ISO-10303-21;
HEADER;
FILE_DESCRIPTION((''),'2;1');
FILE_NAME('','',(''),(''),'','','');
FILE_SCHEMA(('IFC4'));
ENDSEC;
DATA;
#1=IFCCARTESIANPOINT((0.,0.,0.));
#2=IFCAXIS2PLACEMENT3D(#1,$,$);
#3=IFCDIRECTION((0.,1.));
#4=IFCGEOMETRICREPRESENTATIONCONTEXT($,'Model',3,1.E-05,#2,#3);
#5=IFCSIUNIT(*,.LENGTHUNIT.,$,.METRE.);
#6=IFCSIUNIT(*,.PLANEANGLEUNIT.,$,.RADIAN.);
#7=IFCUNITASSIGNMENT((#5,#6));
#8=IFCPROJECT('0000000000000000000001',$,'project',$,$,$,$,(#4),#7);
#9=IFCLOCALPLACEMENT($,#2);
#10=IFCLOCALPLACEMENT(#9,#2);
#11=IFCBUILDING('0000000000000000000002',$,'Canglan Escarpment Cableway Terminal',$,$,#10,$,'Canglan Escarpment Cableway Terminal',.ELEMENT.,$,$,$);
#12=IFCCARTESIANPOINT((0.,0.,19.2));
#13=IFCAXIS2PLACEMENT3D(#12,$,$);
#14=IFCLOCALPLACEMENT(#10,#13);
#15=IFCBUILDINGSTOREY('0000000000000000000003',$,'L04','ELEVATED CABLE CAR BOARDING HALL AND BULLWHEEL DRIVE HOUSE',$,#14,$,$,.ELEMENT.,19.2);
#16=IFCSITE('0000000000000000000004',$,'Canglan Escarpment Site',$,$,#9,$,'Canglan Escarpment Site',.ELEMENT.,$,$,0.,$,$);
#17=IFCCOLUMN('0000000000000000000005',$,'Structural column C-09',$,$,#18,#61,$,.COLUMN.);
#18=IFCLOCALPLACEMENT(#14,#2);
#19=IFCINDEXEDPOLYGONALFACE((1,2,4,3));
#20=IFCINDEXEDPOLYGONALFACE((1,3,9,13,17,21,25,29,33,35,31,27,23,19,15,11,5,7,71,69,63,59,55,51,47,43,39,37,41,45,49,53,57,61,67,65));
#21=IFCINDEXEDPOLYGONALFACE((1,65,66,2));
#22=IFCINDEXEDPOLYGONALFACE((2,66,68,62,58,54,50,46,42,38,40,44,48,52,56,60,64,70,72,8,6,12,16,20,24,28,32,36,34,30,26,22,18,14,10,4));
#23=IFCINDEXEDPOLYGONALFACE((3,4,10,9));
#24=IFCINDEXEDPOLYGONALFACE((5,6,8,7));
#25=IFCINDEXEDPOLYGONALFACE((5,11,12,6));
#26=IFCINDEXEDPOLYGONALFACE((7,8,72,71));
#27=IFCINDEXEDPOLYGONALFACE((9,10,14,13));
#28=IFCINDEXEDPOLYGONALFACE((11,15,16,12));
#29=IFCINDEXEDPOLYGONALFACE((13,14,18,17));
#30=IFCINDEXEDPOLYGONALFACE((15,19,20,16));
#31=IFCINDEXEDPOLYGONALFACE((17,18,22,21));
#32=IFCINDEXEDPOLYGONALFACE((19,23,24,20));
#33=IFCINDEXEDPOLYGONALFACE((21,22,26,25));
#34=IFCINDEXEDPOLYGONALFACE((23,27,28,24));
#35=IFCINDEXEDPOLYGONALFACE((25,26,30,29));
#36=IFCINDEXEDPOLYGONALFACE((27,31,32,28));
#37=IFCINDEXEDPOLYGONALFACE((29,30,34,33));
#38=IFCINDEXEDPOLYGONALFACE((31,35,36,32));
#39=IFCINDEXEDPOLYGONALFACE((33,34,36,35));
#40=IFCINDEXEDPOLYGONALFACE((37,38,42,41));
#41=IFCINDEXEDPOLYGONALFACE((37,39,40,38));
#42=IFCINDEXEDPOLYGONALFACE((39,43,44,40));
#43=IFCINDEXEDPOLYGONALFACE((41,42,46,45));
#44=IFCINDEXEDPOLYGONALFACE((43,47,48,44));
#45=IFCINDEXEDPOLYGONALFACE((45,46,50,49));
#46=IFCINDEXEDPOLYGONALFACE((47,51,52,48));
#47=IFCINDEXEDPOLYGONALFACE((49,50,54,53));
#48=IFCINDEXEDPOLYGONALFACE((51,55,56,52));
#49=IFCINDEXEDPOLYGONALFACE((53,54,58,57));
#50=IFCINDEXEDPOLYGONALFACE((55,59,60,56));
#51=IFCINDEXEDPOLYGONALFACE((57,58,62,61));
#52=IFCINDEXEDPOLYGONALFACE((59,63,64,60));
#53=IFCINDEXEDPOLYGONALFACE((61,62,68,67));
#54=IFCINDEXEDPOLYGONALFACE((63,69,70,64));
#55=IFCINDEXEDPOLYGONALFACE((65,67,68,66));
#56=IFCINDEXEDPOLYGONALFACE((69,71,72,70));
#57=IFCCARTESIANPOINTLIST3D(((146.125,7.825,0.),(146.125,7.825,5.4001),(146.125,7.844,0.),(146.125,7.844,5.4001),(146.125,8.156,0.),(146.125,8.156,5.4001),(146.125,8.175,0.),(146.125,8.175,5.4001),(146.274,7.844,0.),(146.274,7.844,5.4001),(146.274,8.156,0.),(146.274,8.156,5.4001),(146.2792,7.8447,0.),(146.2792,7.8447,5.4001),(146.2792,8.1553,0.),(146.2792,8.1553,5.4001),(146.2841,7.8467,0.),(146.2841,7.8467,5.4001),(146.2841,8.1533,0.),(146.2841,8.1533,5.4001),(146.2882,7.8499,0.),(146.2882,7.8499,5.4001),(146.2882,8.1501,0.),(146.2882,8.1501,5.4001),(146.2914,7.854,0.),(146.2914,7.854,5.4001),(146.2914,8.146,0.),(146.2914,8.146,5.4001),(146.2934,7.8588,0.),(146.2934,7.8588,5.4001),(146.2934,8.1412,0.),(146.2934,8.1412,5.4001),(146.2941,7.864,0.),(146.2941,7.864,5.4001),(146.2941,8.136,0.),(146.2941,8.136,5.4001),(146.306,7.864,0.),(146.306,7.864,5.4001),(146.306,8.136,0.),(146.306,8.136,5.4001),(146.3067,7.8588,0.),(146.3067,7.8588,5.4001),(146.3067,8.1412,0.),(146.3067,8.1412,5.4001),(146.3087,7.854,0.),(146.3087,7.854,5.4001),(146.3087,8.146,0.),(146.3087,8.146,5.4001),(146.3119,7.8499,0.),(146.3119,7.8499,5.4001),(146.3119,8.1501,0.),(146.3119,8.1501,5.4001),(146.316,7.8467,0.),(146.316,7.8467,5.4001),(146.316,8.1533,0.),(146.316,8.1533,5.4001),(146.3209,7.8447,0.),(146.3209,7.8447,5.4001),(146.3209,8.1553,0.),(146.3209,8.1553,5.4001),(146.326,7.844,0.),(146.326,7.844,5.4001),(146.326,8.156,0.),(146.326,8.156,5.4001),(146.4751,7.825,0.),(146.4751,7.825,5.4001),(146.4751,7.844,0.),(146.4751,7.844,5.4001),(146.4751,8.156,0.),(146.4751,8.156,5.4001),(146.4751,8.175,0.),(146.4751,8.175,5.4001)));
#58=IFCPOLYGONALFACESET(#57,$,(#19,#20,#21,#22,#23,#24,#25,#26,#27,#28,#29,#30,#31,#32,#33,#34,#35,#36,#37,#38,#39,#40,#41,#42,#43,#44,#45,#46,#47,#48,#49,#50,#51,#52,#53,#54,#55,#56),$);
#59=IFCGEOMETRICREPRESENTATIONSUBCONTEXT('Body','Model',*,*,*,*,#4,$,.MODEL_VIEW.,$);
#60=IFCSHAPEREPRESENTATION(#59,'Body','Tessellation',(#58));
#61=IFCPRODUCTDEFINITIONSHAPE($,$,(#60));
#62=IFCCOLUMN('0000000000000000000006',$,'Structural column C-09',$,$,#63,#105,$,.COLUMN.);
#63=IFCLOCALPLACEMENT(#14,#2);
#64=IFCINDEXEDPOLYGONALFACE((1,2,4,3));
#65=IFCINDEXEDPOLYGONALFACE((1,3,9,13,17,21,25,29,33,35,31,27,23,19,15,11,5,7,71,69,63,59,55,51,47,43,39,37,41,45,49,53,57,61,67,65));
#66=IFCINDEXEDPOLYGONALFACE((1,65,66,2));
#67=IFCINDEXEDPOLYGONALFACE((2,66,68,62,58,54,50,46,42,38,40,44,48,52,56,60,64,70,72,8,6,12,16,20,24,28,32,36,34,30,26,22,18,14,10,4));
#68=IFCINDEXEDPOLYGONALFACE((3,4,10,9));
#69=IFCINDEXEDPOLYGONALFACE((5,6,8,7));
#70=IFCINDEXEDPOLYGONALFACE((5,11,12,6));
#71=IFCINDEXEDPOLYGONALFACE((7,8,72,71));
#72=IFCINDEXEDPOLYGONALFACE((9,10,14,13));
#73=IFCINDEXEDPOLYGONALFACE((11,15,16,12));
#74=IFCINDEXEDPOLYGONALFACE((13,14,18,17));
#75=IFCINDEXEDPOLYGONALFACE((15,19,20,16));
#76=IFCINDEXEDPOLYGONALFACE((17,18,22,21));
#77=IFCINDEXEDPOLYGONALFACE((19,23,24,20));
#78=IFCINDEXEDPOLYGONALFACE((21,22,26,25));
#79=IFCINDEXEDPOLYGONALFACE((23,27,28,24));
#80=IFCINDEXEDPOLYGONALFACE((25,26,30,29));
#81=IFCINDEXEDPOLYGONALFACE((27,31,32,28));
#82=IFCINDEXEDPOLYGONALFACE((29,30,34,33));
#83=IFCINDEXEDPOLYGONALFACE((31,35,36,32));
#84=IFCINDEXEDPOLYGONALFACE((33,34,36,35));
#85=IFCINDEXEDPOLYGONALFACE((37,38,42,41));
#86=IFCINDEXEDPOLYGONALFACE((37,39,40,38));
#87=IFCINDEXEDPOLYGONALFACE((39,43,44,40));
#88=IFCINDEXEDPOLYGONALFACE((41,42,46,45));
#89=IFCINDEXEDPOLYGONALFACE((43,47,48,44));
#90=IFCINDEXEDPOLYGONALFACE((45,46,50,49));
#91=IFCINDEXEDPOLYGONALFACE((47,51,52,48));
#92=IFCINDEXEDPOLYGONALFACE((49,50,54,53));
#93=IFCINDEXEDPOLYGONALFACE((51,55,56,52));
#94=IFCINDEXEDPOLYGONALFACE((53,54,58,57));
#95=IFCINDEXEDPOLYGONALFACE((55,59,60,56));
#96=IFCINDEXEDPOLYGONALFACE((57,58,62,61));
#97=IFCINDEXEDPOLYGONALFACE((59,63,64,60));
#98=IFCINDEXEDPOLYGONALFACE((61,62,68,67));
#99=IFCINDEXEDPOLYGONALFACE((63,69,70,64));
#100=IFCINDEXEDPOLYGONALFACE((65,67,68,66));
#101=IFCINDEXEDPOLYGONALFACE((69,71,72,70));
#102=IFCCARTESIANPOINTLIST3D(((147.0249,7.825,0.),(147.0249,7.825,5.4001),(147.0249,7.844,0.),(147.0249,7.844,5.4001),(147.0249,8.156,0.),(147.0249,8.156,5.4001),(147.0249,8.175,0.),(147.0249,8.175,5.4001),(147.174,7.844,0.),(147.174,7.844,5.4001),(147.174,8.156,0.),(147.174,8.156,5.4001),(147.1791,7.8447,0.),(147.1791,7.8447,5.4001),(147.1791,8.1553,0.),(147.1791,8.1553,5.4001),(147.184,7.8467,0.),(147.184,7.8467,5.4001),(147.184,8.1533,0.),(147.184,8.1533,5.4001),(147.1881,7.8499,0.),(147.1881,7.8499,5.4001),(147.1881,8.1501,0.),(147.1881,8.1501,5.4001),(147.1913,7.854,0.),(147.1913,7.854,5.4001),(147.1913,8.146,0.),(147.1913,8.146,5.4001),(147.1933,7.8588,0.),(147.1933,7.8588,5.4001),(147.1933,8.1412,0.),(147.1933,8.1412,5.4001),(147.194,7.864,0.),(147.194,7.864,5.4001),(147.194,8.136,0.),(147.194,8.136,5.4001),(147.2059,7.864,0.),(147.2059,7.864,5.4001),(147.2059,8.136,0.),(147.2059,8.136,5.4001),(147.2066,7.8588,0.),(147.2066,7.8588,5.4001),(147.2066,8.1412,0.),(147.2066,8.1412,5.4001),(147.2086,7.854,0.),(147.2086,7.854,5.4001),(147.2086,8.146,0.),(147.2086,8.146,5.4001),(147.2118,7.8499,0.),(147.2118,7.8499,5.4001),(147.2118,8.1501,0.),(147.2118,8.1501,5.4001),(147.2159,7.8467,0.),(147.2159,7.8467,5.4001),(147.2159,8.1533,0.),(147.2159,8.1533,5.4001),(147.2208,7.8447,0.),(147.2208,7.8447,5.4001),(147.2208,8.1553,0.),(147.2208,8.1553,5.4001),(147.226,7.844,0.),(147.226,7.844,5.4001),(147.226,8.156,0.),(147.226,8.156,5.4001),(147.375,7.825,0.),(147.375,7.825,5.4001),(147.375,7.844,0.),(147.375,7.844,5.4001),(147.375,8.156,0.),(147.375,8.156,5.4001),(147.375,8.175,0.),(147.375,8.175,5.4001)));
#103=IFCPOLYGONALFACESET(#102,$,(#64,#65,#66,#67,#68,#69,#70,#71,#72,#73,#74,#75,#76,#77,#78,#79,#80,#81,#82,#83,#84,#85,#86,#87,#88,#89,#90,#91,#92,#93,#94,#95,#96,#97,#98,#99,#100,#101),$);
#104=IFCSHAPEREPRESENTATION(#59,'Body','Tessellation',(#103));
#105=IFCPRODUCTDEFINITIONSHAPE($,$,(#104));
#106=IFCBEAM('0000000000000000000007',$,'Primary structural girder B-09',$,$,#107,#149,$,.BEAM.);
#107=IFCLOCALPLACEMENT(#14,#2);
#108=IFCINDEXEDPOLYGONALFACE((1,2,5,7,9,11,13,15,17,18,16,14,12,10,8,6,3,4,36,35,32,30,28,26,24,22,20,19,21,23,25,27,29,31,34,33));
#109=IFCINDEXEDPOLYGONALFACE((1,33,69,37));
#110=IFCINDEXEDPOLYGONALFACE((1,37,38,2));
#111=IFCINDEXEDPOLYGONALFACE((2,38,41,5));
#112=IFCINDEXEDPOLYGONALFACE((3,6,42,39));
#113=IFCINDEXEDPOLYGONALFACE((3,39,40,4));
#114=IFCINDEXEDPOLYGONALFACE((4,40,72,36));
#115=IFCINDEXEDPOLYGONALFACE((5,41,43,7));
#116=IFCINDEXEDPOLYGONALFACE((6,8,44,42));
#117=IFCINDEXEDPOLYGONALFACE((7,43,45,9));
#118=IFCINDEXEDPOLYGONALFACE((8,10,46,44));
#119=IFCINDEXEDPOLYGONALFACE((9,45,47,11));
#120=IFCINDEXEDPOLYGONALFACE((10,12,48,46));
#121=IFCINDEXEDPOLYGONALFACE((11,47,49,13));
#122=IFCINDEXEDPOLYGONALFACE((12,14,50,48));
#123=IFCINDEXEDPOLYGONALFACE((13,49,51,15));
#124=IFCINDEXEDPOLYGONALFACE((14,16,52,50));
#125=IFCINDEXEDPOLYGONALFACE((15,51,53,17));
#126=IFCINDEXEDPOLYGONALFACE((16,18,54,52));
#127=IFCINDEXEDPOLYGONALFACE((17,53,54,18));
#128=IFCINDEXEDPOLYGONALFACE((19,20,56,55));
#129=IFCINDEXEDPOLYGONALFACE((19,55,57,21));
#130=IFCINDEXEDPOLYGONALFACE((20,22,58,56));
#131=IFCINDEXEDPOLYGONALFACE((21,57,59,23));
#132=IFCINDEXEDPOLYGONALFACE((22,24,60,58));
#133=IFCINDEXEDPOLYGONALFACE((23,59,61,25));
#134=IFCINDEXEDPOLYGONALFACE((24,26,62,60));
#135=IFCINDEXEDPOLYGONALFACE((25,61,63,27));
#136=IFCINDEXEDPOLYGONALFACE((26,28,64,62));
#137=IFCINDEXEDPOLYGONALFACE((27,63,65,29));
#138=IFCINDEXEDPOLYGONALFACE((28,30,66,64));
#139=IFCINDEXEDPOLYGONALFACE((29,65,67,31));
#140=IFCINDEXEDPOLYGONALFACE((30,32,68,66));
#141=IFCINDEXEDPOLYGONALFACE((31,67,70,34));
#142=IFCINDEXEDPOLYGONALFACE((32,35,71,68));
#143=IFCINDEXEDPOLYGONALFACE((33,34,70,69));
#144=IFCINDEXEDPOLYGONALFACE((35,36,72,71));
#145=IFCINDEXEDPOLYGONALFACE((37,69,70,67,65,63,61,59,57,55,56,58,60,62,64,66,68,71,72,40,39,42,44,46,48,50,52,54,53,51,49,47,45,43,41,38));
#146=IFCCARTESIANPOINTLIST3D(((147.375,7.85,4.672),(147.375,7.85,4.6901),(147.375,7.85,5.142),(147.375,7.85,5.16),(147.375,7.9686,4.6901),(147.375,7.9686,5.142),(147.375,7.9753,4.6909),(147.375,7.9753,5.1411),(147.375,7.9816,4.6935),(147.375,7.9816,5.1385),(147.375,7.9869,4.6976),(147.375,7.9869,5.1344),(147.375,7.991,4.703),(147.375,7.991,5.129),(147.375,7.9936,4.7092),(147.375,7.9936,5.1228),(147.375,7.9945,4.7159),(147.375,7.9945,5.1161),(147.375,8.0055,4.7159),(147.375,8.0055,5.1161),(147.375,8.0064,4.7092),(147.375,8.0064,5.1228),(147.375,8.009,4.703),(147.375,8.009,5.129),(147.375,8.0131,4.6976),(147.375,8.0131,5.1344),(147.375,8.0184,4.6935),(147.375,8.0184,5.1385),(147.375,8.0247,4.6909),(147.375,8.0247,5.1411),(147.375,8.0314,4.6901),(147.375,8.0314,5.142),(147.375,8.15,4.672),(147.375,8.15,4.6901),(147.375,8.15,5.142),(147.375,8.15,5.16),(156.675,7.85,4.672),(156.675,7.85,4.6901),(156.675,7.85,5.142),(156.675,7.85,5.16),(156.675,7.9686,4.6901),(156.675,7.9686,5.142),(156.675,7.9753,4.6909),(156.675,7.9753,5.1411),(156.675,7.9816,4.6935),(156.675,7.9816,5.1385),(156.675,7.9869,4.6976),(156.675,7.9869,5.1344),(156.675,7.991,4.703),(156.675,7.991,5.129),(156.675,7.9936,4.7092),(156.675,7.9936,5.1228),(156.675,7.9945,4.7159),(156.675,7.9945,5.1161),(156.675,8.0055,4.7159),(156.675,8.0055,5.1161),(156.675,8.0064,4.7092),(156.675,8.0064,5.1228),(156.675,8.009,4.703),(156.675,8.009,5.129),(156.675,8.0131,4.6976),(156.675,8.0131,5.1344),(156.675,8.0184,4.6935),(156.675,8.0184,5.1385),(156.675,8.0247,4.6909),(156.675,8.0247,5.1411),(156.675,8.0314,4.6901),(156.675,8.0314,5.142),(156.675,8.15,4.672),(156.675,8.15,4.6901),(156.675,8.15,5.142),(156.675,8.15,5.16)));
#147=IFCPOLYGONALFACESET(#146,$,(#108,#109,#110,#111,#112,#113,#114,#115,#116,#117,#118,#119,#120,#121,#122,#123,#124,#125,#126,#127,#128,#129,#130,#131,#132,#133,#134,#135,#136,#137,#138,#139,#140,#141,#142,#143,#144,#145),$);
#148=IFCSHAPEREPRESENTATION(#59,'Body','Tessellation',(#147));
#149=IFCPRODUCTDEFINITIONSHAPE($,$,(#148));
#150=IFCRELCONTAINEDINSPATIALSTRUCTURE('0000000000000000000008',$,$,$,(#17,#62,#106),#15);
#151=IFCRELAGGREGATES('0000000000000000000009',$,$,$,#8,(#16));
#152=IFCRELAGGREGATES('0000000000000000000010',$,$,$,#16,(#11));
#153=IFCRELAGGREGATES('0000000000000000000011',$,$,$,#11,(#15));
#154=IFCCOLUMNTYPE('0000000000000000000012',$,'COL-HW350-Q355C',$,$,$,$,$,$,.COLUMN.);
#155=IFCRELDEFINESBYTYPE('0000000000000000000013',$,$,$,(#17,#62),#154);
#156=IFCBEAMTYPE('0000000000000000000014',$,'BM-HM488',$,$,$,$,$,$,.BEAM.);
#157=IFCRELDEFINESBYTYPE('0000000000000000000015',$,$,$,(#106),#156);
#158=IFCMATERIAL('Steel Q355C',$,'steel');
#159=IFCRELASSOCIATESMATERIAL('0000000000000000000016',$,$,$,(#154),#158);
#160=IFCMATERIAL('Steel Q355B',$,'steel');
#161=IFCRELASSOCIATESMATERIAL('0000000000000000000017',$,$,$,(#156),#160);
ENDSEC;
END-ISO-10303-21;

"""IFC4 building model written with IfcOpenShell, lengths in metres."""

from ifc_helpers import new_model, si_unit, direction, frame, origin, origin_2d, place, context, subcontext, project, spatial, i_section, extrude, material, material_profile, profile_set, type_object, element, save


model = new_model("IFC4")

# Units and contexts
model_context = context("Model", 3, precision=1e-05, world=origin(), true_north=direction((0.0, 1.0)))
body_context = subcontext(model_context, "Body", "Model", "MODEL_VIEW")
ifc_project = project(units=[si_unit("LENGTHUNIT", "METRE"), si_unit("PLANEANGLEUNIT", "RADIAN")], contexts=[model_context])

# Site, building, storey
site_placement = place(None, origin())
site = spatial("IfcSite", under=ifc_project, at=site_placement, Name="Canglan Escarpment Site", LongName="Canglan Escarpment Site", CompositionType="ELEMENT", RefElevation=0.0)
building_placement = place(site_placement, origin())
building = spatial("IfcBuilding", under=site, at=building_placement, Name="Canglan Escarpment Cableway Terminal", LongName="Canglan Escarpment Cableway Terminal", CompositionType="ELEMENT")
storey_placement = place(building_placement, frame((0.0, 0.0, 19.2)))
storey = spatial("IfcBuildingStorey", under=building, at=storey_placement, Name="L04", Description="ELEVATED CABLE CAR BOARDING HALL AND BULLWHEEL DRIVE HOUSE", CompositionType="ELEMENT", Elevation=19.2)

# Columns
ifc_material_1 = material(Name="Steel Q355C", Category="steel")
ifc_material_profile_1 = material_profile(ifc_material_1, i_section(OverallWidth=0.3501, OverallDepth=0.3501, WebThickness=0.012, FlangeThickness=0.019, FilletRadius=0.02, at=origin_2d()), Name="HW 350x350x12x19")
ifc_profile_set_1 = profile_set([ifc_material_profile_1], Name="Steel Q355C")
column_type = type_object("IfcColumnType", Name="COL-HW350-Q355C", PredefinedType="COLUMN", material=ifc_profile_set_1)
for number, where, z_axis, x_axis, name in (
    (1, (146.3, 8.0, 0.0), (0.0, 0.0, 1.0), (1.0, 0.0, 0.0), "Structural column C-09"),
    (2, (147.2, 8.0, 0.0), (0.0, 0.0, 1.0), (1.0, 0.0, 0.0), "Structural column C-09"),
):
    element("IfcColumn", number, at=place(storey_placement, frame(where, z_axis=z_axis, x_axis=x_axis)), inside=storey, type_object=column_type, Name=name, PredefinedType="COLUMN", context=body_context, shape_type="SweptSolid", body=[
        extrude(i_section(OverallWidth=0.3501, OverallDepth=0.3501, WebThickness=0.012, FlangeThickness=0.019, FilletRadius=0.02, at=origin_2d()), origin(), (0.0, 0.0, 1.0), 5.4001),
    ])

# Beam
ifc_material_2 = material(Name="Steel Q355B", Category="steel")
ifc_material_profile_2 = material_profile(ifc_material_2, i_section(OverallWidth=0.3, OverallDepth=0.488, WebThickness=0.011, FlangeThickness=0.0181, FilletRadius=0.0259, at=origin_2d()), Name="HM 488x300x11x18")
ifc_profile_set_2 = profile_set([ifc_material_profile_2], Name="Steel Q355B")
beam_type = type_object("IfcBeamType", Name="BM-HM488", PredefinedType="BEAM", material=ifc_profile_set_2)
beam_placement = place(storey_placement, frame((147.375, 8.0, 4.916), z_axis=(1.0, 0.0, 0.0), x_axis=(0.0, 1.0, 0.0)))
element("IfcBeam", 3, at=beam_placement, inside=storey, type_object=beam_type, Name="Primary structural girder B-09", PredefinedType="BEAM", context=body_context, shape_type="SweptSolid", body=[
    extrude(i_section(OverallWidth=0.3, OverallDepth=0.488, WebThickness=0.011, FlangeThickness=0.0181, FilletRadius=0.0259, at=origin_2d()), origin(), (0.0, 0.0, 1.0), 9.3),
])

save(model, "model.ifc")
